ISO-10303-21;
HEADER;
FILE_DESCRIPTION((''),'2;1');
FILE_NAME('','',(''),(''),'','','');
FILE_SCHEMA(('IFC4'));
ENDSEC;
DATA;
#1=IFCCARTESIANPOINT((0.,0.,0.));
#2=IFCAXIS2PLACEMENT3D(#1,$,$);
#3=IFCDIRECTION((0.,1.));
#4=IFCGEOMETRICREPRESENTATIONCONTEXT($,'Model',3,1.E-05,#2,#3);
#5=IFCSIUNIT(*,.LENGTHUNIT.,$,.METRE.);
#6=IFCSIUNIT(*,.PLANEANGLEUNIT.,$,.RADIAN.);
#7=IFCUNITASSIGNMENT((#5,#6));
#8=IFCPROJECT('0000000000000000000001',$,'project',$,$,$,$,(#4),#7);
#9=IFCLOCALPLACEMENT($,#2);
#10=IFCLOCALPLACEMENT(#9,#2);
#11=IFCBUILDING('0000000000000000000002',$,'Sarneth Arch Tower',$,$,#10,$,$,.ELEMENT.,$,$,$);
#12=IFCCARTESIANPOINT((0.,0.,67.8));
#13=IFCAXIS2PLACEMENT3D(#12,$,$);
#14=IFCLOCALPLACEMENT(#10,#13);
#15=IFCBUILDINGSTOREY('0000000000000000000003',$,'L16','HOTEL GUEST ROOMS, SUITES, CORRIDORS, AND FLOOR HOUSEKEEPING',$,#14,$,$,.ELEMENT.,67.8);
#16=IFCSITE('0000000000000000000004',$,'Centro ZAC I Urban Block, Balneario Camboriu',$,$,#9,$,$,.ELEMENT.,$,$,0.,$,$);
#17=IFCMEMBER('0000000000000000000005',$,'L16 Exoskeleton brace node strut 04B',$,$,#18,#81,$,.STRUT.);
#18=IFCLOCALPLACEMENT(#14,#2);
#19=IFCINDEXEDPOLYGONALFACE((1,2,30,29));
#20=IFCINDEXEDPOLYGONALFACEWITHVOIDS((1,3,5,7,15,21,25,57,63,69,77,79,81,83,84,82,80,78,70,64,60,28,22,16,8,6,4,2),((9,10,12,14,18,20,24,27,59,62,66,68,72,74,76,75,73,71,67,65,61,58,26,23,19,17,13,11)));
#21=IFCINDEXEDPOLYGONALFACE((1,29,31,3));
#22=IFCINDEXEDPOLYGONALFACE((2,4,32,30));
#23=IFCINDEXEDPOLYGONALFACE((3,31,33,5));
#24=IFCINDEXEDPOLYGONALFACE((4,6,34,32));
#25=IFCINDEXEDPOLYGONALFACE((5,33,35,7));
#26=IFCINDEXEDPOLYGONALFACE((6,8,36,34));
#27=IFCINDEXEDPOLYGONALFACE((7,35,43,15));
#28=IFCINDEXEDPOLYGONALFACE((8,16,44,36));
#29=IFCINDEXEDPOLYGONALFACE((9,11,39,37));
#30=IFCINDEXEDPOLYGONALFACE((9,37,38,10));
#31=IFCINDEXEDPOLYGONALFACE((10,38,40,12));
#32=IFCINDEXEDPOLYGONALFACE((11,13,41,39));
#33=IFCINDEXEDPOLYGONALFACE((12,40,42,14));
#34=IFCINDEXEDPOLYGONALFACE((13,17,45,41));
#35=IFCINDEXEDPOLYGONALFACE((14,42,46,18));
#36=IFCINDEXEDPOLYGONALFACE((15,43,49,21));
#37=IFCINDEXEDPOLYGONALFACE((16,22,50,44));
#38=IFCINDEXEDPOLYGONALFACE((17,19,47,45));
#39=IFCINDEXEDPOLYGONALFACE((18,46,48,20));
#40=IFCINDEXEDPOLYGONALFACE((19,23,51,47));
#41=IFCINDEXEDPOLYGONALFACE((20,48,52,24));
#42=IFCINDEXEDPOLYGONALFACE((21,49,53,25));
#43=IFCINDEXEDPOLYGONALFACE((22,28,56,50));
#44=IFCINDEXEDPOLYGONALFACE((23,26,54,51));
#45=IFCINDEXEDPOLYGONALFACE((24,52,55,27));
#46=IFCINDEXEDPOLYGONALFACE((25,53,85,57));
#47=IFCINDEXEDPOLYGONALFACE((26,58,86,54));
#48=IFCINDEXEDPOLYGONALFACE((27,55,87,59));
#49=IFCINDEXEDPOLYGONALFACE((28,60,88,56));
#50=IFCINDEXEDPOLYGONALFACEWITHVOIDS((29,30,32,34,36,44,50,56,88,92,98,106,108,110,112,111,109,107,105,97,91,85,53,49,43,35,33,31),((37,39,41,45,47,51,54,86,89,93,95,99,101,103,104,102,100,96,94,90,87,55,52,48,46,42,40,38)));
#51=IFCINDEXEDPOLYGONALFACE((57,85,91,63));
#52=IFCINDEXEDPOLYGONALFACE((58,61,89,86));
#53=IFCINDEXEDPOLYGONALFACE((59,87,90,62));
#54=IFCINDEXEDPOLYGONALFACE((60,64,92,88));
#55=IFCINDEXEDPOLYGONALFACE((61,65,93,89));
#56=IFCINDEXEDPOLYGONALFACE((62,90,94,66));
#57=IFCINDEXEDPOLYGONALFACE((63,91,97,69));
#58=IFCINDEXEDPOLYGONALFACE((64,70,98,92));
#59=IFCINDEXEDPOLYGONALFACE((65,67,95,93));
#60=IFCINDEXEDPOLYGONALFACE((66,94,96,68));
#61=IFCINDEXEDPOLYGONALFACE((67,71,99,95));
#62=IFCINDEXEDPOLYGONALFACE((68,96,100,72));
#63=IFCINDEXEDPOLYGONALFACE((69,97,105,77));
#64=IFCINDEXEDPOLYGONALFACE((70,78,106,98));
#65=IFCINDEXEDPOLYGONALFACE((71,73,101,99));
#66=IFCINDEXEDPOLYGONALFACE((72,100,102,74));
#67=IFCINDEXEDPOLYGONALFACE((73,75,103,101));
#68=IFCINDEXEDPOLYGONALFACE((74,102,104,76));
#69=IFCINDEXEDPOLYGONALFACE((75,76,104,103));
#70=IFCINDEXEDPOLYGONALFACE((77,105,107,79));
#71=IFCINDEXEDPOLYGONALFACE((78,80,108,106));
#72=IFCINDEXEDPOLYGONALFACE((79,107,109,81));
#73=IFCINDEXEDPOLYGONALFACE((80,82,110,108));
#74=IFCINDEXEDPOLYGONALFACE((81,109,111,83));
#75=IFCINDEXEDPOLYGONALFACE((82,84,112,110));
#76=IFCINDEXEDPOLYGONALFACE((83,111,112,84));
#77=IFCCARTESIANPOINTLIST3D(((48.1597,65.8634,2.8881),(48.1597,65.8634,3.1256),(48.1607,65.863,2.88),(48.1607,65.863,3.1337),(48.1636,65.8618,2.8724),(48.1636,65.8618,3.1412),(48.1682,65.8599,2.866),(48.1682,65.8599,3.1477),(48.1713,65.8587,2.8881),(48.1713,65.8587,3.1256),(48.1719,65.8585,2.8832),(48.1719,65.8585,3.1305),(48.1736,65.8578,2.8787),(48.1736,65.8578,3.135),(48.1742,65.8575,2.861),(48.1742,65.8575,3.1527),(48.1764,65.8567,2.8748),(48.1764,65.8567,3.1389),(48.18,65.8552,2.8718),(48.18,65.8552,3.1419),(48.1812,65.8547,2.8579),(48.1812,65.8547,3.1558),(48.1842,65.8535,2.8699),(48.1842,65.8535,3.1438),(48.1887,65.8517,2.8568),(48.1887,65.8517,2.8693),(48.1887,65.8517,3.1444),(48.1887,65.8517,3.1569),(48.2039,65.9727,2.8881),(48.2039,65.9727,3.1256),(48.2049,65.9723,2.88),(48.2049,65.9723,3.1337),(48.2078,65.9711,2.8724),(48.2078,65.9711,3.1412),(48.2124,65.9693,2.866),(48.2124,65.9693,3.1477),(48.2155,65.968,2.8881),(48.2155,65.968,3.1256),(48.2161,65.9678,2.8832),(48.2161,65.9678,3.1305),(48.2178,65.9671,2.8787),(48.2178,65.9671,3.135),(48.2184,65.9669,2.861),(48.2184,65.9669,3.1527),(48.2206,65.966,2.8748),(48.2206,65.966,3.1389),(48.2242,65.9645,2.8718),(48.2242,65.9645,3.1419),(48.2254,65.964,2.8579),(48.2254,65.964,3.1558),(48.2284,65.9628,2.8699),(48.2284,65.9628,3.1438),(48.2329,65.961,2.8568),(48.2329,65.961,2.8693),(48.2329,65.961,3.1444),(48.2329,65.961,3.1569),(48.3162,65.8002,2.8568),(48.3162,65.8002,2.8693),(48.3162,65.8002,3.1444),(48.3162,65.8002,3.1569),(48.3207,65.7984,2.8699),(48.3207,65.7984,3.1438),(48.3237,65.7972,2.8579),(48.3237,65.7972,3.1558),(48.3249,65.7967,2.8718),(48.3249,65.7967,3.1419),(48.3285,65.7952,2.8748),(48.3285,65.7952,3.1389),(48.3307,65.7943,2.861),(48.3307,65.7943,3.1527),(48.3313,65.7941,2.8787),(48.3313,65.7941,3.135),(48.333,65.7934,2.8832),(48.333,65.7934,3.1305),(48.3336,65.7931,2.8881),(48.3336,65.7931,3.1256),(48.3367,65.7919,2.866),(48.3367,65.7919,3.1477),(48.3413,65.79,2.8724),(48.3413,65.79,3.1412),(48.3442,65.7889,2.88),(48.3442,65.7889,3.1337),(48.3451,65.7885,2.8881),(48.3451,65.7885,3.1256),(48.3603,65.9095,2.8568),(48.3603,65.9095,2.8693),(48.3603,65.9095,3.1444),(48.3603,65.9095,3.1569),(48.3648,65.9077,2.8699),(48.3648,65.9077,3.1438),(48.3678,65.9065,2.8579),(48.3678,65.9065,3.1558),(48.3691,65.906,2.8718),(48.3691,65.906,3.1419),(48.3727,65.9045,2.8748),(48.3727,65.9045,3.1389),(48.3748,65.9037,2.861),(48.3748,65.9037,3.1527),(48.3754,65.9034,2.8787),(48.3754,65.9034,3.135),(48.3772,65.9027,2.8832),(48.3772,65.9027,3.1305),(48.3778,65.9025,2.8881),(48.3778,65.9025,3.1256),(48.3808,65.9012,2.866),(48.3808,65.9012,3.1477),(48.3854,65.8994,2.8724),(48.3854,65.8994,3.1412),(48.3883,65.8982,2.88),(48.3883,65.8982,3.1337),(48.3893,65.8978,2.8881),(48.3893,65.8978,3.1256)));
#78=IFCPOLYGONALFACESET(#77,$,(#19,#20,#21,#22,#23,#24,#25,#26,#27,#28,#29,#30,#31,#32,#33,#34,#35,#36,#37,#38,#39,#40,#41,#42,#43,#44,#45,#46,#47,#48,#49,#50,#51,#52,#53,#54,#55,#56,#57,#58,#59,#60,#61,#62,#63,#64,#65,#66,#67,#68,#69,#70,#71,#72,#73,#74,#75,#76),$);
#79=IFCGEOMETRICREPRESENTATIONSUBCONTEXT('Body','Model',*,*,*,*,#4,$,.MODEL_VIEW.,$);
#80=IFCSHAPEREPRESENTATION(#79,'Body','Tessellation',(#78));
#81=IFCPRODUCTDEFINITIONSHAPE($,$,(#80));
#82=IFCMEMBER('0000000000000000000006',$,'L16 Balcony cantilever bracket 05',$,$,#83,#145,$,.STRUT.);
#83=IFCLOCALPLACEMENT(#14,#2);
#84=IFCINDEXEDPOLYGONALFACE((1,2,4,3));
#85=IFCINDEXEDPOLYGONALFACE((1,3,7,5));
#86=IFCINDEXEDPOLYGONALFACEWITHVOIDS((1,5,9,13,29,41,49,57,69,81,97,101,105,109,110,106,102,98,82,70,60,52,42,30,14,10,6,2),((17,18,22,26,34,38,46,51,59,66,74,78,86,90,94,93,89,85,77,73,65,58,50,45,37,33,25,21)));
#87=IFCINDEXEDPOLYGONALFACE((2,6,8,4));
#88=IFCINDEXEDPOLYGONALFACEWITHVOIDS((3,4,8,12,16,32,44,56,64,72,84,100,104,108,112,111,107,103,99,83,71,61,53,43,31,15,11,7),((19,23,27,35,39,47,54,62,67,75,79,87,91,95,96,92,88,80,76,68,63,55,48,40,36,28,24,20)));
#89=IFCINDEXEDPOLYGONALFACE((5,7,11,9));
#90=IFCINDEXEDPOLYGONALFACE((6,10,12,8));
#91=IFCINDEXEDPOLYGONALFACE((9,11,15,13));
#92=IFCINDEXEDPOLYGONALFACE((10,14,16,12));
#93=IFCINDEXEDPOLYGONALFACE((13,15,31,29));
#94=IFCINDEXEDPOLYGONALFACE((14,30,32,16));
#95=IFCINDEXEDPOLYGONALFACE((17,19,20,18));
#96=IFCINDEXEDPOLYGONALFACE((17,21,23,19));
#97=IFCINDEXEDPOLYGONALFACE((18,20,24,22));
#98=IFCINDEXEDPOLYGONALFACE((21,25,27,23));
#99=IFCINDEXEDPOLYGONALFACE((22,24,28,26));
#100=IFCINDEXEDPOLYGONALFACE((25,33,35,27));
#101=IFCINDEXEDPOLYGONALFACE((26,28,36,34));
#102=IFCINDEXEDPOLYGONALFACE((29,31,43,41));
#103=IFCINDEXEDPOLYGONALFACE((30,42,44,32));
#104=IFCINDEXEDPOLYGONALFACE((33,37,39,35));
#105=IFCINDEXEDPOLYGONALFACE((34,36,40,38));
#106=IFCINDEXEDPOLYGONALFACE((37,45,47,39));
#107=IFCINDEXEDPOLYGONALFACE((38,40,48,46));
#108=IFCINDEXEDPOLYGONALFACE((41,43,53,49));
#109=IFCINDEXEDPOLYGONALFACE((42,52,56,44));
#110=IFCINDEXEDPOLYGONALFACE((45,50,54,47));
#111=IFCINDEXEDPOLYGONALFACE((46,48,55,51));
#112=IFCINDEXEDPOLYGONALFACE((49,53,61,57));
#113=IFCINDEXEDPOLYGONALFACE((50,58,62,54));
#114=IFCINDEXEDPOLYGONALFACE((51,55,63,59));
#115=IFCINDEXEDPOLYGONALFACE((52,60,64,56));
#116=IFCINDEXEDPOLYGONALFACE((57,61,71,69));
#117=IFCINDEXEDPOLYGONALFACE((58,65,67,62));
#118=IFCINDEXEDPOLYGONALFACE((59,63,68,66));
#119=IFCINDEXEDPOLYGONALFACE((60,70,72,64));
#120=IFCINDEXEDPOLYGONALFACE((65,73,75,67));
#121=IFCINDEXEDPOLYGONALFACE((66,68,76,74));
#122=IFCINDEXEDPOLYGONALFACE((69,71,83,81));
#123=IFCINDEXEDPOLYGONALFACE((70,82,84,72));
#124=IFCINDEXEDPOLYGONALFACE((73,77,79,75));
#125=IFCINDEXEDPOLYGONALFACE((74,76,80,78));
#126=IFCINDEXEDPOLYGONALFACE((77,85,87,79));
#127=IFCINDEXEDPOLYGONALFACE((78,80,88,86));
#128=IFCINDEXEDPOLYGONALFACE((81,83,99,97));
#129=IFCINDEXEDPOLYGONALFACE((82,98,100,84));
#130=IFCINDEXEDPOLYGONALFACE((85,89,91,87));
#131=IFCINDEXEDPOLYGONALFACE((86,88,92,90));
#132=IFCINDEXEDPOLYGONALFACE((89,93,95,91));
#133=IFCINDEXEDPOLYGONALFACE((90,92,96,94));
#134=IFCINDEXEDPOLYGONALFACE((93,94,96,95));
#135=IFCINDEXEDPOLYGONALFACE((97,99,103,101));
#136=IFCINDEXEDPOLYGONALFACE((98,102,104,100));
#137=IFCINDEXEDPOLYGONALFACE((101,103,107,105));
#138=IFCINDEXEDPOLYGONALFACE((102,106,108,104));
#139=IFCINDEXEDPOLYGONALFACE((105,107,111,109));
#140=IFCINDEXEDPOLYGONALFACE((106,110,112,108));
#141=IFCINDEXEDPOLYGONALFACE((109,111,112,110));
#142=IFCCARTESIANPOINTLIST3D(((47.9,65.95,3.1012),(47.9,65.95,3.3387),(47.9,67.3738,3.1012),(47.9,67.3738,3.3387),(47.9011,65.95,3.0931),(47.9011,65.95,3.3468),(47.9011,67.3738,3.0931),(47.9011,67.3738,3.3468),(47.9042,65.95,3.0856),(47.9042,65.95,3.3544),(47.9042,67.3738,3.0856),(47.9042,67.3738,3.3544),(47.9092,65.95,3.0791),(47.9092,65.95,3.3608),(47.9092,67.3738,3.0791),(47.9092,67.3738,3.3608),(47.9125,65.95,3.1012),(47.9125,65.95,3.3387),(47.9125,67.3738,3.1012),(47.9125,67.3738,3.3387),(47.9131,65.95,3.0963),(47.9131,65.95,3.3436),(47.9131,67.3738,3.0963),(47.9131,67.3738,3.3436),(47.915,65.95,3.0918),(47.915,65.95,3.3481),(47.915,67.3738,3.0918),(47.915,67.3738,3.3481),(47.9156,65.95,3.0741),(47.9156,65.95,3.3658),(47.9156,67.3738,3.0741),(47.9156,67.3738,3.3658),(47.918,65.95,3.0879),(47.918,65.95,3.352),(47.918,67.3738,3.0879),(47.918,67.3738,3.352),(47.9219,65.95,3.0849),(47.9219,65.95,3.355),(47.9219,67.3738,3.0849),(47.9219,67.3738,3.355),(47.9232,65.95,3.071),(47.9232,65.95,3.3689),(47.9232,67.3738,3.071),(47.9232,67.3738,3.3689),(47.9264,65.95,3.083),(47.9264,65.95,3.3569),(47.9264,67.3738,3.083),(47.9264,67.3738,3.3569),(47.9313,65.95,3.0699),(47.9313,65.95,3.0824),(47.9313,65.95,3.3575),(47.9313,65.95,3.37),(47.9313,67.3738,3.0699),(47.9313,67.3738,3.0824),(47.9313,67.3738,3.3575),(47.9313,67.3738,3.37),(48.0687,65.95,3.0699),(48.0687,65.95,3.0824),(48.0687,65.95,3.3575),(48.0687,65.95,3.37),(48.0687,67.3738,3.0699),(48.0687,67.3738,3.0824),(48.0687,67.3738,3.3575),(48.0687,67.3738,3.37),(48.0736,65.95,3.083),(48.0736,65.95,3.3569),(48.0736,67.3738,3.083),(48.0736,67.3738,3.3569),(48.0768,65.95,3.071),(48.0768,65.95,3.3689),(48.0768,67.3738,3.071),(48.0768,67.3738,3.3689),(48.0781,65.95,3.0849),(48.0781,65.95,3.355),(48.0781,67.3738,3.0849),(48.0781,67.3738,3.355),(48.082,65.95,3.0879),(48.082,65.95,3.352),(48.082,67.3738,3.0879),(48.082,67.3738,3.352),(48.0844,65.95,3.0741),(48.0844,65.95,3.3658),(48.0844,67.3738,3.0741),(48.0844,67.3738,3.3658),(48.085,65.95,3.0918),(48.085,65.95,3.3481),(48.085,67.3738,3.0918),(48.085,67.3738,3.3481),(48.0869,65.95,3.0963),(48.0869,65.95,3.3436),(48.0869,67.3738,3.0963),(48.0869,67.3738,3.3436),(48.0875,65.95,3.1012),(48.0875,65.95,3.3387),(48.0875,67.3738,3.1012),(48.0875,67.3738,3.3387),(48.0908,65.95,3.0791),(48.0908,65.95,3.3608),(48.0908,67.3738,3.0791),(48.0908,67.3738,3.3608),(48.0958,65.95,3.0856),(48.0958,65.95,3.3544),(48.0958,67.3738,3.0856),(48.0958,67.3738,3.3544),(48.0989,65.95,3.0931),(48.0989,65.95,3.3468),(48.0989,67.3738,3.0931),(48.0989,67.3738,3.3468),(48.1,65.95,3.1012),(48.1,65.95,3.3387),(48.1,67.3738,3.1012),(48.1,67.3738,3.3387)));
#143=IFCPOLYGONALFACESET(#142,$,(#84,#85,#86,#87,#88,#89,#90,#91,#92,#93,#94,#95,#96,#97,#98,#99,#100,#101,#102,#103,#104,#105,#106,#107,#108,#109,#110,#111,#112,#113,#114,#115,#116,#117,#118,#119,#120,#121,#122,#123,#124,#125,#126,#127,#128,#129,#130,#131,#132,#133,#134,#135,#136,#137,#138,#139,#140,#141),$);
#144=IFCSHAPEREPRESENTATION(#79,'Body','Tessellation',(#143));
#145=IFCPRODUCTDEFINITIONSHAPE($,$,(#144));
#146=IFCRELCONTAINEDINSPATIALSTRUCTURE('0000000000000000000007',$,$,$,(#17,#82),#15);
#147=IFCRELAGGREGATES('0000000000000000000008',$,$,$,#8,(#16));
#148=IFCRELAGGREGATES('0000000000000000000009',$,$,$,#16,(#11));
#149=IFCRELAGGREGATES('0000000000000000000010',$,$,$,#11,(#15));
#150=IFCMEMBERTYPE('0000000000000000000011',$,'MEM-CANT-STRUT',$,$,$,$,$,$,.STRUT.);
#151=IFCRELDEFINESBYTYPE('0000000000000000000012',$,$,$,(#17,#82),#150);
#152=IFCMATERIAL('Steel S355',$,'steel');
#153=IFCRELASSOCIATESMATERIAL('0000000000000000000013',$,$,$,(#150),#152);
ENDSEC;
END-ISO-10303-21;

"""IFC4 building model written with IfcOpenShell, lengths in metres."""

from ifc_helpers import new_model, si_unit, direction, frame, origin, origin_2d, place, context, subcontext, project, spatial, hollow_rectangle, extrude, material, material_profile, profile_set, type_object, element, save


model = new_model("IFC4")

# Units and contexts
model_context = context("Model", 3, precision=1e-05, world=origin(), true_north=direction((0.0, 1.0)))
body_context = subcontext(model_context, "Body", "Model", "MODEL_VIEW")
ifc_project = project(units=[si_unit("LENGTHUNIT", "METRE"), si_unit("PLANEANGLEUNIT", "RADIAN")], contexts=[model_context])

# Site, building, storey
site_placement = place(None, origin())
site = spatial("IfcSite", under=ifc_project, at=site_placement, Name="Centro ZAC I Urban Block, Balneario Camboriu", CompositionType="ELEMENT", RefElevation=0.0)
building_placement = place(site_placement, origin())
building = spatial("IfcBuilding", under=site, at=building_placement, Name="Sarneth Arch Tower", CompositionType="ELEMENT")
storey_placement = place(building_placement, frame((0.0, 0.0, 67.8)))
storey = spatial("IfcBuildingStorey", under=building, at=storey_placement, Name="L16", Description="HOTEL GUEST ROOMS, SUITES, CORRIDORS, AND FLOOR HOUSEKEEPING", CompositionType="ELEMENT", Elevation=67.8)

# Members
ifc_material_1 = material(Name="Steel S355", Category="steel")
ifc_material_profile_1 = material_profile(ifc_material_1, hollow_rectangle(XDim=0.2, YDim=0.3, WallThickness=0.0125, InnerFilletRadius=0.0188, OuterFilletRadius=0.0312, at=origin_2d()), Name="RHS300x200x12.5")
ifc_profile_set_1 = profile_set([ifc_material_profile_1], Name="Steel S355")
member_type_1 = type_object("IfcMemberType", Name="MEM-CANT-STRUT", PredefinedType="STRUT", material=ifc_profile_set_1)
member_1_placement = place(storey_placement, frame((48.2524, 65.8259, 3.0068), z_axis=(0.3746, 0.927187, 0.0), x_axis=(-0.927187, 0.3746, 0.0)))
element("IfcMember", 1, at=member_1_placement, inside=storey, type_object=member_type_1, Name="L16 Exoskeleton brace node strut 04B", PredefinedType="STRUT", context=body_context, shape_type="SweptSolid", body=[
    extrude(hollow_rectangle(XDim=0.2, YDim=0.3, WallThickness=0.0125, InnerFilletRadius=0.0188, OuterFilletRadius=0.0312, at=origin_2d()), origin(), (0.0, 0.0, 1.0), 0.1179),
])
member_2_placement = place(storey_placement, frame((48.0, 65.95, 3.22), z_axis=(0.0, 1.0, 0.0), x_axis=(-1.0, 0.0, 0.0)))
element("IfcMember", 2, at=member_2_placement, inside=storey, type_object=member_type_1, Name="L16 Balcony cantilever bracket 05", PredefinedType="STRUT", context=body_context, shape_type="SweptSolid", body=[
    extrude(hollow_rectangle(XDim=0.2, YDim=0.3, WallThickness=0.0125, InnerFilletRadius=0.0188, OuterFilletRadius=0.0312, at=origin_2d()), origin(), (0.0, 0.0, 1.0), 1.4238),
])

save(model, "model.ifc")
